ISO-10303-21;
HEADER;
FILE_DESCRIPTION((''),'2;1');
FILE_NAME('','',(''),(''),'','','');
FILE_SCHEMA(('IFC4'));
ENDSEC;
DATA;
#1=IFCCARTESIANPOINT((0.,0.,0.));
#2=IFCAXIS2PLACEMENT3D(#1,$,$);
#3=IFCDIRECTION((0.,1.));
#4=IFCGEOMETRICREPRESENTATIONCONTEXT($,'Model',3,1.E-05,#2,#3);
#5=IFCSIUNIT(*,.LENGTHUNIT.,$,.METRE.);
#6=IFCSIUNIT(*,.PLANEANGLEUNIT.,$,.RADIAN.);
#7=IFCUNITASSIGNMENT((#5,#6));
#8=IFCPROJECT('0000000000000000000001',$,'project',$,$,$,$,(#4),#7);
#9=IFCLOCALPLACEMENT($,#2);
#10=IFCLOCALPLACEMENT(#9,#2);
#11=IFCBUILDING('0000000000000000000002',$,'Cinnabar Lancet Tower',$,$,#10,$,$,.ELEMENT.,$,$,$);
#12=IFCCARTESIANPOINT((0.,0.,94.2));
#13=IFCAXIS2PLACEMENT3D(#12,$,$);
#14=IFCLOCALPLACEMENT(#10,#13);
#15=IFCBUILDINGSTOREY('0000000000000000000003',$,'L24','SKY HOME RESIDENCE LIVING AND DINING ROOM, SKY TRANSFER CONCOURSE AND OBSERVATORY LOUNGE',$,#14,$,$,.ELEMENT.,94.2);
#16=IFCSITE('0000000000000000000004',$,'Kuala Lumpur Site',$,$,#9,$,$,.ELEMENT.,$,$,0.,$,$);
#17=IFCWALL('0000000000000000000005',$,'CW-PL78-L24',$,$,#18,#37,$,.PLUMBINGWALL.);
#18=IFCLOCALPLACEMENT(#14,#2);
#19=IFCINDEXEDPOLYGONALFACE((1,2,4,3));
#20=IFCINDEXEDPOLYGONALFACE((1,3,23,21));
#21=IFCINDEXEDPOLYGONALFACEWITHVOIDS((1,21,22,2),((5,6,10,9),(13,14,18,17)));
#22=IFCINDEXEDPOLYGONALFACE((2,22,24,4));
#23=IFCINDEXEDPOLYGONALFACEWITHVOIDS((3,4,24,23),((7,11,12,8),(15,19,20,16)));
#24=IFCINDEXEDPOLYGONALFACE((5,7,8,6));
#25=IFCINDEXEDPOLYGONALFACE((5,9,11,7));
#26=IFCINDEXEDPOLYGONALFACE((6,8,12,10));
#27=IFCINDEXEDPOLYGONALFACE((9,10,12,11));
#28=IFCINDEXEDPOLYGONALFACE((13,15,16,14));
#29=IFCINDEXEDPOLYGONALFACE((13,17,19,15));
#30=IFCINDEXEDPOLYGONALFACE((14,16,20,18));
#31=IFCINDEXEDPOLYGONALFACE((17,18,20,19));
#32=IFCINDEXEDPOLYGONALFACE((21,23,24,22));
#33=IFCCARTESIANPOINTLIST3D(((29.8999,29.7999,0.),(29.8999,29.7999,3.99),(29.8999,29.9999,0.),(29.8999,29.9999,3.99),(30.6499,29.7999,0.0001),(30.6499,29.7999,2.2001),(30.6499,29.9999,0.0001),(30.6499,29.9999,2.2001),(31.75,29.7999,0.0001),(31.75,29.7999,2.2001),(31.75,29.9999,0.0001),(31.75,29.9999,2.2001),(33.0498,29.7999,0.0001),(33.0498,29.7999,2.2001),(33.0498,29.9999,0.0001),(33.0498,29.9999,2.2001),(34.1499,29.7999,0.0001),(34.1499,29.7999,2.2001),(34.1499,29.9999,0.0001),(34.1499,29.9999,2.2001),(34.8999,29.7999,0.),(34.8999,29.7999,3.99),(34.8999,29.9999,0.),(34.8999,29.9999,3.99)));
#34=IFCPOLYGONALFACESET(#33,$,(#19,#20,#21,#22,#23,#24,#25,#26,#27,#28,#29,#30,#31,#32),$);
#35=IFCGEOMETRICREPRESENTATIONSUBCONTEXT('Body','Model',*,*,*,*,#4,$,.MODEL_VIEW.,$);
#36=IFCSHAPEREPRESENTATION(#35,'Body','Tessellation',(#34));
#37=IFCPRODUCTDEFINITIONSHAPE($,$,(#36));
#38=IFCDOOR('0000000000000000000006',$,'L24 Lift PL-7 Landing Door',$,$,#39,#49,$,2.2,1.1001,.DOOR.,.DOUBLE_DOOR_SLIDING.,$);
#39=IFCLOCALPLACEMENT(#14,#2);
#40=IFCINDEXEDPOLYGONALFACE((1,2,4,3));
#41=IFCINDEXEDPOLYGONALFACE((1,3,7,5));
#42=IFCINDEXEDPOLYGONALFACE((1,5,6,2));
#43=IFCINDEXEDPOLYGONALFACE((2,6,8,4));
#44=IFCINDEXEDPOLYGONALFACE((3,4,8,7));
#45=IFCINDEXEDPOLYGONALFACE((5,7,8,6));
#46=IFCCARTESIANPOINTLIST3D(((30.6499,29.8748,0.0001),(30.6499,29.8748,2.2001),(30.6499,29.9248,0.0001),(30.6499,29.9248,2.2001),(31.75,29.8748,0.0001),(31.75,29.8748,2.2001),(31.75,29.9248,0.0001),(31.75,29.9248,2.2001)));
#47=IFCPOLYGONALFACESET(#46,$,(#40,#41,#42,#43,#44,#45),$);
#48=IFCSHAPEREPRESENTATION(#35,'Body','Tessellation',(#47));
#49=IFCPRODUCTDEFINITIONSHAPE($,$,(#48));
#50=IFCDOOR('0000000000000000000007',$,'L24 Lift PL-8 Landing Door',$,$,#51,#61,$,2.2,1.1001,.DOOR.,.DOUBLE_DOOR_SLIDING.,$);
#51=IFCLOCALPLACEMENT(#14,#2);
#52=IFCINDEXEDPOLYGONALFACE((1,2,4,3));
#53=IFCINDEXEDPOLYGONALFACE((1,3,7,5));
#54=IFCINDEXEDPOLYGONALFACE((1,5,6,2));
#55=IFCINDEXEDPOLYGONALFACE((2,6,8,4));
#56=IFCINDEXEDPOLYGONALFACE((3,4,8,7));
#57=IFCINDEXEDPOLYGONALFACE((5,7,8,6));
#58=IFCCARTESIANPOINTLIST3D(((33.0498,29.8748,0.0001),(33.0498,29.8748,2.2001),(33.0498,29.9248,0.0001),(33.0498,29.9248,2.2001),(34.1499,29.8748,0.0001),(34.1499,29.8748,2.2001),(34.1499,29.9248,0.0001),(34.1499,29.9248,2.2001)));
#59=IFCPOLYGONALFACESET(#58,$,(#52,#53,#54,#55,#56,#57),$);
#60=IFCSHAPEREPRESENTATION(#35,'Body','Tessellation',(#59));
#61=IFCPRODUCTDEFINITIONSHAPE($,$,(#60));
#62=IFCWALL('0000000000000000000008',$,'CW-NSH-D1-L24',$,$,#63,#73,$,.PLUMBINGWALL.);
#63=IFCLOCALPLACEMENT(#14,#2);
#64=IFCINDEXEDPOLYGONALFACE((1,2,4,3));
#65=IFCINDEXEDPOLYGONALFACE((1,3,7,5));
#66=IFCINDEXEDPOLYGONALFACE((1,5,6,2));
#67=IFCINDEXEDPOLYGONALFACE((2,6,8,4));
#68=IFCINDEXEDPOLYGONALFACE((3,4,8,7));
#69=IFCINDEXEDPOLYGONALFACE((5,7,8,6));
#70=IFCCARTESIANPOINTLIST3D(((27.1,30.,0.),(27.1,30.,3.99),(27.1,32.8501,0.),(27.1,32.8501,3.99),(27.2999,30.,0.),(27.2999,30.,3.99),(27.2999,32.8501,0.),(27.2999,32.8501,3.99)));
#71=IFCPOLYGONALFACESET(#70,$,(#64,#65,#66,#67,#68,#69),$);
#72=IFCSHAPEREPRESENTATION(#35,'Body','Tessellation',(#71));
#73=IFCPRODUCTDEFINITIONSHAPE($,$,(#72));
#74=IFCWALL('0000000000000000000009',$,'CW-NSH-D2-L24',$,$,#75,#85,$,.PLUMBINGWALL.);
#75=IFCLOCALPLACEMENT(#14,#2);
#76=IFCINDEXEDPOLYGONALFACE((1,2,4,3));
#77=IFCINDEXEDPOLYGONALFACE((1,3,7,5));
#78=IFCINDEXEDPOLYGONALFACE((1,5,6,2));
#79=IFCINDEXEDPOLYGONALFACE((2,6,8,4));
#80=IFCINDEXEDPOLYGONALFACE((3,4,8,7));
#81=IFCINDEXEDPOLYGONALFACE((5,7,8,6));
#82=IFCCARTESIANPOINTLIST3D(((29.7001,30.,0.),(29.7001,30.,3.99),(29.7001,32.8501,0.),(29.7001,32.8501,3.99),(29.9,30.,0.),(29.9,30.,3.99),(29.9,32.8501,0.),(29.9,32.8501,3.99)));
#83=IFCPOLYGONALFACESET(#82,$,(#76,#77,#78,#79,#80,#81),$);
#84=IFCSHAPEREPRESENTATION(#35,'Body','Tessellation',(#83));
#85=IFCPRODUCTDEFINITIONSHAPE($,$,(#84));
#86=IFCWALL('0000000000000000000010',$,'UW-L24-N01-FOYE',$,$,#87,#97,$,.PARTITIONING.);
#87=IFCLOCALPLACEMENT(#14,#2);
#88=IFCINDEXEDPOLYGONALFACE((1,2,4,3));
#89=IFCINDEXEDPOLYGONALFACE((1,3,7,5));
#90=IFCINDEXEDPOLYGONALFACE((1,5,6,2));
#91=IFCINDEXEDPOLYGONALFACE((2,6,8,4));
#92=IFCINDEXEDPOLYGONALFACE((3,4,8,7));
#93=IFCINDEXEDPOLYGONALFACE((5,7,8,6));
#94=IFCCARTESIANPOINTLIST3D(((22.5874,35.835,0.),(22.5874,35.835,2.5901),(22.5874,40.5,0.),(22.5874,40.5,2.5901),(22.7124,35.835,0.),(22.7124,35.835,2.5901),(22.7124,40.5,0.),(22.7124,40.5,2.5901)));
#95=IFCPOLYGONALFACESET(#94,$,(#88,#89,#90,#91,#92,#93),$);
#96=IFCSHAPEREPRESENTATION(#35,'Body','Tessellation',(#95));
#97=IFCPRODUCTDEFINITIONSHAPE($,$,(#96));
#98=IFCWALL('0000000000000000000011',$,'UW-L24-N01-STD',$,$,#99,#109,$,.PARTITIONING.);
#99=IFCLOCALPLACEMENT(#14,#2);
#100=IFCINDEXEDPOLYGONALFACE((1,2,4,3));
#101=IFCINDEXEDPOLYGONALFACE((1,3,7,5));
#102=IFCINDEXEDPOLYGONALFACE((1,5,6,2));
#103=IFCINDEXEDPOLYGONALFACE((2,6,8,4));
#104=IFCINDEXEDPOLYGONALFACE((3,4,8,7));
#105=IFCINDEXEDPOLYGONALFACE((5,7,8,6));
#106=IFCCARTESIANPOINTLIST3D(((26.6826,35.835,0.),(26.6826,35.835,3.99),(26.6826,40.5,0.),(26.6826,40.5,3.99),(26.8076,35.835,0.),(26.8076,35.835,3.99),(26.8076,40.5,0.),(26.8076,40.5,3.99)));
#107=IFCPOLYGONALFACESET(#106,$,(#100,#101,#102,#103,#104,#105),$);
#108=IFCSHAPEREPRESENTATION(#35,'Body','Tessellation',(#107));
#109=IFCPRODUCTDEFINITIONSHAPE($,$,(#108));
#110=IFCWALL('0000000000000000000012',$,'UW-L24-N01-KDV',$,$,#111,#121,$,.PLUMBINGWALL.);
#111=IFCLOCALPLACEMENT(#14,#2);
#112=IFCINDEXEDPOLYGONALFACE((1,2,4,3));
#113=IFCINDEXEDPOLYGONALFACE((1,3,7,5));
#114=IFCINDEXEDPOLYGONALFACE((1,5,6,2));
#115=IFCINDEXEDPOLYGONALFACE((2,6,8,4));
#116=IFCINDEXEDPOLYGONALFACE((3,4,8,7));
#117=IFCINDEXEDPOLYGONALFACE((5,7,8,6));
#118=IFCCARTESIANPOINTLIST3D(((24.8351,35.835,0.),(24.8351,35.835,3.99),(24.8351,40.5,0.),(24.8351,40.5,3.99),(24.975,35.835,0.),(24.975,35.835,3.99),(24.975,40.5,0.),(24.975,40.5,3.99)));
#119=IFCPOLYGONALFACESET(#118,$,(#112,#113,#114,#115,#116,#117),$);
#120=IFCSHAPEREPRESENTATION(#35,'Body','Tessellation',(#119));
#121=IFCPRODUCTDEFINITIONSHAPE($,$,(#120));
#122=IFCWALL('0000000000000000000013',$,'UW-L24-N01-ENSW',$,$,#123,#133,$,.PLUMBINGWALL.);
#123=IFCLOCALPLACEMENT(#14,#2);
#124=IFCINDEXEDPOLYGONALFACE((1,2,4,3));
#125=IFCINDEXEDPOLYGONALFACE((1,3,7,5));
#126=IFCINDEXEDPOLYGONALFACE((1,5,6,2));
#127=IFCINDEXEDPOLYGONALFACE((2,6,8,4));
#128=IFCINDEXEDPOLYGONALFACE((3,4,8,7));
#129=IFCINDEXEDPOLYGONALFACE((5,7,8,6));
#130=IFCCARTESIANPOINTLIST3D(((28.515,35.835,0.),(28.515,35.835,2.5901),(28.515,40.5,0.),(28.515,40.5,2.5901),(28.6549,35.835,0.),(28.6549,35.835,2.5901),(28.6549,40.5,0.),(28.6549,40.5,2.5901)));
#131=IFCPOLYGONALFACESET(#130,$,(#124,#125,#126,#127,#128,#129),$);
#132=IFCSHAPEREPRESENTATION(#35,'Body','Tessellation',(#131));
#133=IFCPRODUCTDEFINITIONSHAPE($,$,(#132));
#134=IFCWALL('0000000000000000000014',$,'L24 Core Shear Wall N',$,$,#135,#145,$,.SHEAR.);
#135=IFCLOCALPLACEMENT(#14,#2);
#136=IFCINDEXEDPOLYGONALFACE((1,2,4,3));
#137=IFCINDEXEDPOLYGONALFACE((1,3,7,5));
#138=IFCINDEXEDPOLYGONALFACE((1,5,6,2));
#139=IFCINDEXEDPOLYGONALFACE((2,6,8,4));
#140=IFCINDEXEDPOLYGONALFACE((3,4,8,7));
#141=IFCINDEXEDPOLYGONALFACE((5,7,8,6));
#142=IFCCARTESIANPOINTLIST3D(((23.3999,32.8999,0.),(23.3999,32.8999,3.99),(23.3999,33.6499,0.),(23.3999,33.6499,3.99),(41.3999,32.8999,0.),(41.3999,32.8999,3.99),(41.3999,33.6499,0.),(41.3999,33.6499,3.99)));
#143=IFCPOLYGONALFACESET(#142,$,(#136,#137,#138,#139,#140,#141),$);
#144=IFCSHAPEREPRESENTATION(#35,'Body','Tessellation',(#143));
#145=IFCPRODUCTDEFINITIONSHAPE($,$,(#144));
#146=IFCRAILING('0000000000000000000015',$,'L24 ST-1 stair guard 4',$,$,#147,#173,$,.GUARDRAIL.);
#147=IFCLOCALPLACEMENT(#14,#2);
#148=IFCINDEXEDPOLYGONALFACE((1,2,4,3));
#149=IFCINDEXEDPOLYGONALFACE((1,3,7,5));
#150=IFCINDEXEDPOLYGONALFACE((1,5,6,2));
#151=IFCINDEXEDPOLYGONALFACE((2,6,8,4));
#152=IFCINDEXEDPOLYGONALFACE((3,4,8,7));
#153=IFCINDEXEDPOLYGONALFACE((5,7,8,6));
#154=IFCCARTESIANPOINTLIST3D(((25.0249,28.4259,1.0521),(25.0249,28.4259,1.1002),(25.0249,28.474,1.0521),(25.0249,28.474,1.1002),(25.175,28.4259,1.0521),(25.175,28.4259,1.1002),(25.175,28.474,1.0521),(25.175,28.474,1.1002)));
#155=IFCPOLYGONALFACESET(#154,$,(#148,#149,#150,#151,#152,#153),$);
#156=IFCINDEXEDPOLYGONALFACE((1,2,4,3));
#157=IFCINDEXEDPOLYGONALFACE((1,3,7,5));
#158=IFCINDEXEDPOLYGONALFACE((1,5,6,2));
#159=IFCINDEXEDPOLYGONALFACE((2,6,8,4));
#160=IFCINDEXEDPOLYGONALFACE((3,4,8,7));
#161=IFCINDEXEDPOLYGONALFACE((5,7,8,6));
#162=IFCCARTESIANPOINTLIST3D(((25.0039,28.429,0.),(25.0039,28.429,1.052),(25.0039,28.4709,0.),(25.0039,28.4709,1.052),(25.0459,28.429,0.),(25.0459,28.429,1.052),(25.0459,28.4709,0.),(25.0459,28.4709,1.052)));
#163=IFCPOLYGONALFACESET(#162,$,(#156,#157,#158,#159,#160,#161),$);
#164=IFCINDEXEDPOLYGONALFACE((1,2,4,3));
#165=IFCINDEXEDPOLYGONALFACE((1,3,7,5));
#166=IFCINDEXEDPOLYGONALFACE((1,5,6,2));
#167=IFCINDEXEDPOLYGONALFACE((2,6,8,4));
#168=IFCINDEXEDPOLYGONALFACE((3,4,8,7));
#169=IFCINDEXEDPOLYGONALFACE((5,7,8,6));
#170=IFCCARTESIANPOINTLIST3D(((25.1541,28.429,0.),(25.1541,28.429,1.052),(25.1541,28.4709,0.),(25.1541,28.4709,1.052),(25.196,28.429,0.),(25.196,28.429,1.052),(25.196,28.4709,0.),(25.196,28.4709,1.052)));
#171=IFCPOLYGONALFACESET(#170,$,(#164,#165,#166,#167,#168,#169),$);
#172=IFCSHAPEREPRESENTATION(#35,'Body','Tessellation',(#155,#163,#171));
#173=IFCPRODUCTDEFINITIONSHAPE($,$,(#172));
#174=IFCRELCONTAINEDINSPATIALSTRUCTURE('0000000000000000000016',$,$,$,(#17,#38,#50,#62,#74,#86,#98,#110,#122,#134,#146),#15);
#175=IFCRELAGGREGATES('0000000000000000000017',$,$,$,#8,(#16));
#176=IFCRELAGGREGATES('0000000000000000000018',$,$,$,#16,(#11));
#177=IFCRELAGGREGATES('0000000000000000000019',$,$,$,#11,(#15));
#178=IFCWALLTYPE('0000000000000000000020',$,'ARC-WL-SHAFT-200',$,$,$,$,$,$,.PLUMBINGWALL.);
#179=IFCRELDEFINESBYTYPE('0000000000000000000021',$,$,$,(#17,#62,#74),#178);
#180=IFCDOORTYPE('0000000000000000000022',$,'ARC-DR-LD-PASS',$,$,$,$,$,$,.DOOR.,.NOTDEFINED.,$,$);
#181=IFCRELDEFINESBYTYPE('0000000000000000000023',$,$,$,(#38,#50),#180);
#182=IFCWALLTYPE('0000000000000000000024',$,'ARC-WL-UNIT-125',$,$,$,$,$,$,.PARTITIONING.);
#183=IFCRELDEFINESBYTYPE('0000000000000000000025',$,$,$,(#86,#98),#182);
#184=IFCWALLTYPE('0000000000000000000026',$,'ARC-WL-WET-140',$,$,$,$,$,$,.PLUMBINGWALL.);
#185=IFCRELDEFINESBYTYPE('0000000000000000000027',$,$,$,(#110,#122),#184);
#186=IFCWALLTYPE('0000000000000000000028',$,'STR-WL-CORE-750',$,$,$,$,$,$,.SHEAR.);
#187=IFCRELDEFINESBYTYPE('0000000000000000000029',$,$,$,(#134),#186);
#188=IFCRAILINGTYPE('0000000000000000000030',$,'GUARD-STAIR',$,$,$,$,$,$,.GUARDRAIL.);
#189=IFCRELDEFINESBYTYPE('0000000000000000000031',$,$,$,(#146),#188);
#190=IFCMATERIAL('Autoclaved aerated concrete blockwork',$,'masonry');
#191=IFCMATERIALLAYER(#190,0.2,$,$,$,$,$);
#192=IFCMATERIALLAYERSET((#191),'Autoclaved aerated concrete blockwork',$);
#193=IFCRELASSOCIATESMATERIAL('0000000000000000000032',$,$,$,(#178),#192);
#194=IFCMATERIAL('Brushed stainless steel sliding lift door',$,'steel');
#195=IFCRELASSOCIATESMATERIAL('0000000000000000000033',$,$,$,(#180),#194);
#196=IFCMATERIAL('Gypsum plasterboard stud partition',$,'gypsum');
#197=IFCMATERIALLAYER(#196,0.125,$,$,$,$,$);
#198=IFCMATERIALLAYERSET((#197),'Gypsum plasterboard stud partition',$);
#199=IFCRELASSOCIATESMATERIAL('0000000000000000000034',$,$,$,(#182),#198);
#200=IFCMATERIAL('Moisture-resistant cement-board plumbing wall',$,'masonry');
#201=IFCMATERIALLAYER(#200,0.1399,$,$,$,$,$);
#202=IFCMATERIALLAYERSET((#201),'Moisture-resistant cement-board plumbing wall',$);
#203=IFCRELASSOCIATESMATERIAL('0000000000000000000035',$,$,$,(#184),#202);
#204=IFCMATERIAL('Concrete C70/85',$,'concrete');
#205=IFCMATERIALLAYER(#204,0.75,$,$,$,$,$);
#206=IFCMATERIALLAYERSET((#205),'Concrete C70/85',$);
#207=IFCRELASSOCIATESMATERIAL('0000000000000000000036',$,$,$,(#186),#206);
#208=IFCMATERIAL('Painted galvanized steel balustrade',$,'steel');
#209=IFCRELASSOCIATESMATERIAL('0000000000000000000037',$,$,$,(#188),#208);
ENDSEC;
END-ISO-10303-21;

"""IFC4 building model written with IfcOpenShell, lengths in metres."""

from ifc_helpers import new_model, si_unit, direction, frame, frame_2d, origin, origin_2d, place, context, subcontext, project, spatial, rectangle, extrude, material, layer, layer_set, type_object, element, fill, save


model = new_model("IFC4")

# Units and contexts
model_context = context("Model", 3, precision=1e-05, world=origin(), true_north=direction((0.0, 1.0)))
body_context = subcontext(model_context, "Body", "Model", "MODEL_VIEW")
ifc_project = project(units=[si_unit("LENGTHUNIT", "METRE"), si_unit("PLANEANGLEUNIT", "RADIAN")], contexts=[model_context])

# Site, building, storey
site_placement = place(None, origin())
site = spatial("IfcSite", under=ifc_project, at=site_placement, Name="Kuala Lumpur Site", CompositionType="ELEMENT", RefElevation=0.0)
building_placement = place(site_placement, origin())
building = spatial("IfcBuilding", under=site, at=building_placement, Name="Cinnabar Lancet Tower", CompositionType="ELEMENT")
storey_placement = place(building_placement, frame((0.0, 0.0, 94.2)))
storey = spatial("IfcBuildingStorey", under=building, at=storey_placement, Name="L24", Description="SKY HOME RESIDENCE LIVING AND DINING ROOM, SKY TRANSFER CONCOURSE AND OBSERVATORY LOUNGE", CompositionType="ELEMENT", Elevation=94.2)

# Shared definitions
ifc_material_1 = material(Name="Autoclaved aerated concrete blockwork", Category="masonry")
ifc_layer_1 = layer(ifc_material_1, 0.2)
ifc_layer_set_1 = layer_set([ifc_layer_1], Name="Autoclaved aerated concrete blockwork")
wall_type_1 = type_object("IfcWallType", Name="ARC-WL-SHAFT-200", PredefinedType="PLUMBINGWALL", material=ifc_layer_set_1)

# Wall, openings, doors
wall_1_placement = place(storey_placement, frame((29.8999, 29.8999, 0.0), z_axis=(0.0, 0.0, 1.0), x_axis=(1.0, 0.0, 0.0)))
wall_1 = element("IfcWall", 1, at=wall_1_placement, inside=storey, type_object=wall_type_1, Name="CW-PL78-L24", PredefinedType="PLUMBINGWALL", context=body_context, shape_type="SweptSolid", body=[
    extrude(rectangle(XDim=5.0, YDim=0.2, at=frame_2d((2.5, 0.0))), origin(), (0.0, 0.0, 1.0), 3.99),
])
opening_1_placement = place(wall_1_placement, frame((0.75, 0.0, 0.0)))
opening_1 = element("IfcOpeningElement", 2, at=opening_1_placement, cuts=wall_1, PredefinedType="OPENING", context=body_context, shape_type="SweptSolid", body=[
    extrude(rectangle(XDim=1.1001, YDim=2.2, at=frame_2d((0.55, 1.1001))), frame((0.0, 0.1099, 0.0), z_axis=(0.0, -1.0, 0.0), x_axis=(1.0, 0.0, 0.0)), (0.0, 0.0, 1.0), 0.22),
])
opening_2_placement = place(wall_1_placement, frame((3.1499, 0.0, 0.0)))
opening_2 = element("IfcOpeningElement", 3, at=opening_2_placement, cuts=wall_1, PredefinedType="OPENING", context=body_context, shape_type="SweptSolid", body=[
    extrude(rectangle(XDim=1.1001, YDim=2.2, at=frame_2d((0.55, 1.1001))), frame((0.0, 0.1099, 0.0), z_axis=(0.0, -1.0, 0.0), x_axis=(1.0, 0.0, 0.0)), (0.0, 0.0, 1.0), 0.22),
])
ifc_material_2 = material(Name="Brushed stainless steel sliding lift door", Category="steel")
door_type_1 = type_object("IfcDoorType", Name="ARC-DR-LD-PASS", OperationType="NOTDEFINED", PredefinedType="DOOR", material=ifc_material_2)
door_1_placement = place(opening_1_placement, origin())
door_1 = element("IfcDoor", 4, at=door_1_placement, inside=storey, type_object=door_type_1, Name="L24 Lift PL-7 Landing Door", OperationType="DOUBLE_DOOR_SLIDING", OverallHeight=2.2, OverallWidth=1.1001, PredefinedType="DOOR", context=body_context, shape_type="SweptSolid", body=[
    extrude(rectangle(XDim=1.1001, YDim=2.2, at=frame_2d((0.55, 1.1001))), frame((0.0, 0.0249, 0.0), z_axis=(0.0, -1.0, 0.0), x_axis=(1.0, 0.0, 0.0)), (0.0, 0.0, 1.0), 0.05),
])
fill(opening_1, door_1)
door_2_placement = place(opening_2_placement, origin())
door_2 = element("IfcDoor", 5, at=door_2_placement, inside=storey, type_object=door_type_1, Name="L24 Lift PL-8 Landing Door", OperationType="DOUBLE_DOOR_SLIDING", OverallHeight=2.2, OverallWidth=1.1001, PredefinedType="DOOR", context=body_context, shape_type="SweptSolid", body=[
    extrude(rectangle(XDim=1.1001, YDim=2.2, at=frame_2d((0.55, 1.1001))), frame((0.0, 0.0249, 0.0), z_axis=(0.0, -1.0, 0.0), x_axis=(1.0, 0.0, 0.0)), (0.0, 0.0, 1.0), 0.05),
])
fill(opening_2, door_2)

# Walls
for number, where, z_axis, x_axis, name in (
    (6, (27.2, 30.0, 0.0), (0.0, 0.0, 1.0), (0.0, 1.0, 0.0), "CW-NSH-D1-L24"),
    (7, (29.8, 30.0, 0.0), (0.0, 0.0, 1.0), (0.0, 1.0, 0.0), "CW-NSH-D2-L24"),
):
    element("IfcWall", number, at=place(storey_placement, frame(where, z_axis=z_axis, x_axis=x_axis)), inside=storey, type_object=wall_type_1, Name=name, PredefinedType="PLUMBINGWALL", context=body_context, shape_type="SweptSolid", body=[
        extrude(rectangle(XDim=2.8501, YDim=0.2, at=frame_2d((1.425, 0.0))), origin(), (0.0, 0.0, 1.0), 3.99),
    ])
ifc_material_3 = material(Name="Gypsum plasterboard stud partition", Category="gypsum")
ifc_layer_2 = layer(ifc_material_3, 0.125)
ifc_layer_set_2 = layer_set([ifc_layer_2], Name="Gypsum plasterboard stud partition")
wall_type_2 = type_object("IfcWallType", Name="ARC-WL-UNIT-125", PredefinedType="PARTITIONING", material=ifc_layer_set_2)
wall_2_placement = place(storey_placement, frame((22.6499, 35.835, 0.0), z_axis=(0.0, 0.0, 1.0), x_axis=(0.0, 1.0, 0.0)))
element("IfcWall", 8, at=wall_2_placement, inside=storey, type_object=wall_type_2, Name="UW-L24-N01-FOYE", PredefinedType="PARTITIONING", context=body_context, shape_type="SweptSolid", body=[
    extrude(rectangle(XDim=4.665, YDim=0.125, at=frame_2d((2.3325, 0.0))), origin(), (0.0, 0.0, 1.0), 2.5901),
])
wall_3_placement = place(storey_placement, frame((26.7451, 35.835, 0.0), z_axis=(0.0, 0.0, 1.0), x_axis=(0.0, 1.0, 0.0)))
element("IfcWall", 9, at=wall_3_placement, inside=storey, type_object=wall_type_2, Name="UW-L24-N01-STD", PredefinedType="PARTITIONING", context=body_context, shape_type="SweptSolid", body=[
    extrude(rectangle(XDim=4.665, YDim=0.125, at=frame_2d((2.3325, 0.0))), origin(), (0.0, 0.0, 1.0), 3.99),
])
ifc_material_4 = material(Name="Moisture-resistant cement-board plumbing wall", Category="masonry")
ifc_layer_3 = layer(ifc_material_4, 0.1399)
ifc_layer_set_3 = layer_set([ifc_layer_3], Name="Moisture-resistant cement-board plumbing wall")
wall_type_3 = type_object("IfcWallType", Name="ARC-WL-WET-140", PredefinedType="PLUMBINGWALL", material=ifc_layer_set_3)
wall_4_placement = place(storey_placement, frame((24.905, 35.835, 0.0), z_axis=(0.0, 0.0, 1.0), x_axis=(0.0, 1.0, 0.0)))
element("IfcWall", 10, at=wall_4_placement, inside=storey, type_object=wall_type_3, Name="UW-L24-N01-KDV", PredefinedType="PLUMBINGWALL", context=body_context, shape_type="SweptSolid", body=[
    extrude(rectangle(XDim=4.665, YDim=0.1399, at=frame_2d((2.3325, 0.0))), origin(), (0.0, 0.0, 1.0), 3.99),
])
wall_5_placement = place(storey_placement, frame((28.585, 35.835, 0.0), z_axis=(0.0, 0.0, 1.0), x_axis=(0.0, 1.0, 0.0)))
element("IfcWall", 11, at=wall_5_placement, inside=storey, type_object=wall_type_3, Name="UW-L24-N01-ENSW", PredefinedType="PLUMBINGWALL", context=body_context, shape_type="SweptSolid", body=[
    extrude(rectangle(XDim=4.665, YDim=0.1399, at=frame_2d((2.3325, 0.0))), origin(), (0.0, 0.0, 1.0), 2.5901),
])
ifc_material_5 = material(Name="Concrete C70/85", Category="concrete")
ifc_layer_4 = layer(ifc_material_5, 0.75)
ifc_layer_set_4 = layer_set([ifc_layer_4], Name="Concrete C70/85")
wall_type_4 = type_object("IfcWallType", Name="STR-WL-CORE-750", PredefinedType="SHEAR", material=ifc_layer_set_4)
wall_6_placement = place(storey_placement, frame((23.3999, 33.2749, 0.0), z_axis=(0.0, 0.0, 1.0), x_axis=(1.0, 0.0, 0.0)))
element("IfcWall", 12, at=wall_6_placement, inside=storey, type_object=wall_type_4, Name="L24 Core Shear Wall N", PredefinedType="SHEAR", context=body_context, shape_type="SweptSolid", body=[
    extrude(rectangle(XDim=18.0, YDim=0.75, at=frame_2d((9.0, 0.0))), origin(), (0.0, 0.0, 1.0), 3.99),
])

# Railing
ifc_material_6 = material(Name="Painted galvanized steel balustrade", Category="steel")
railing_type = type_object("IfcRailingType", Name="GUARD-STAIR", PredefinedType="GUARDRAIL", material=ifc_material_6)
railing_placement = place(storey_placement, frame((25.0249, 28.45, 0.0)))
element("IfcRailing", 13, at=railing_placement, inside=storey, type_object=railing_type, Name="L24 ST-1 stair guard 4", PredefinedType="GUARDRAIL", context=body_context, shape_type="SweptSolid", body=[
    extrude(rectangle(XDim=0.0481, YDim=0.0481, at=origin_2d()), frame((0.0, 0.0, 1.0762), z_axis=(1.0, 0.0, 0.0), x_axis=(0.0, 1.0, 0.0)), (0.0, 0.0, 1.0), 0.1501),
    extrude(rectangle(XDim=0.042, YDim=0.042, at=origin_2d()), origin(), (0.0, 0.0, 1.0), 1.052),
    extrude(rectangle(XDim=0.042, YDim=0.042, at=origin_2d()), frame((0.1501, 0.0, 0.0)), (0.0, 0.0, 1.0), 1.052),
])

save(model, "model.ifc")
